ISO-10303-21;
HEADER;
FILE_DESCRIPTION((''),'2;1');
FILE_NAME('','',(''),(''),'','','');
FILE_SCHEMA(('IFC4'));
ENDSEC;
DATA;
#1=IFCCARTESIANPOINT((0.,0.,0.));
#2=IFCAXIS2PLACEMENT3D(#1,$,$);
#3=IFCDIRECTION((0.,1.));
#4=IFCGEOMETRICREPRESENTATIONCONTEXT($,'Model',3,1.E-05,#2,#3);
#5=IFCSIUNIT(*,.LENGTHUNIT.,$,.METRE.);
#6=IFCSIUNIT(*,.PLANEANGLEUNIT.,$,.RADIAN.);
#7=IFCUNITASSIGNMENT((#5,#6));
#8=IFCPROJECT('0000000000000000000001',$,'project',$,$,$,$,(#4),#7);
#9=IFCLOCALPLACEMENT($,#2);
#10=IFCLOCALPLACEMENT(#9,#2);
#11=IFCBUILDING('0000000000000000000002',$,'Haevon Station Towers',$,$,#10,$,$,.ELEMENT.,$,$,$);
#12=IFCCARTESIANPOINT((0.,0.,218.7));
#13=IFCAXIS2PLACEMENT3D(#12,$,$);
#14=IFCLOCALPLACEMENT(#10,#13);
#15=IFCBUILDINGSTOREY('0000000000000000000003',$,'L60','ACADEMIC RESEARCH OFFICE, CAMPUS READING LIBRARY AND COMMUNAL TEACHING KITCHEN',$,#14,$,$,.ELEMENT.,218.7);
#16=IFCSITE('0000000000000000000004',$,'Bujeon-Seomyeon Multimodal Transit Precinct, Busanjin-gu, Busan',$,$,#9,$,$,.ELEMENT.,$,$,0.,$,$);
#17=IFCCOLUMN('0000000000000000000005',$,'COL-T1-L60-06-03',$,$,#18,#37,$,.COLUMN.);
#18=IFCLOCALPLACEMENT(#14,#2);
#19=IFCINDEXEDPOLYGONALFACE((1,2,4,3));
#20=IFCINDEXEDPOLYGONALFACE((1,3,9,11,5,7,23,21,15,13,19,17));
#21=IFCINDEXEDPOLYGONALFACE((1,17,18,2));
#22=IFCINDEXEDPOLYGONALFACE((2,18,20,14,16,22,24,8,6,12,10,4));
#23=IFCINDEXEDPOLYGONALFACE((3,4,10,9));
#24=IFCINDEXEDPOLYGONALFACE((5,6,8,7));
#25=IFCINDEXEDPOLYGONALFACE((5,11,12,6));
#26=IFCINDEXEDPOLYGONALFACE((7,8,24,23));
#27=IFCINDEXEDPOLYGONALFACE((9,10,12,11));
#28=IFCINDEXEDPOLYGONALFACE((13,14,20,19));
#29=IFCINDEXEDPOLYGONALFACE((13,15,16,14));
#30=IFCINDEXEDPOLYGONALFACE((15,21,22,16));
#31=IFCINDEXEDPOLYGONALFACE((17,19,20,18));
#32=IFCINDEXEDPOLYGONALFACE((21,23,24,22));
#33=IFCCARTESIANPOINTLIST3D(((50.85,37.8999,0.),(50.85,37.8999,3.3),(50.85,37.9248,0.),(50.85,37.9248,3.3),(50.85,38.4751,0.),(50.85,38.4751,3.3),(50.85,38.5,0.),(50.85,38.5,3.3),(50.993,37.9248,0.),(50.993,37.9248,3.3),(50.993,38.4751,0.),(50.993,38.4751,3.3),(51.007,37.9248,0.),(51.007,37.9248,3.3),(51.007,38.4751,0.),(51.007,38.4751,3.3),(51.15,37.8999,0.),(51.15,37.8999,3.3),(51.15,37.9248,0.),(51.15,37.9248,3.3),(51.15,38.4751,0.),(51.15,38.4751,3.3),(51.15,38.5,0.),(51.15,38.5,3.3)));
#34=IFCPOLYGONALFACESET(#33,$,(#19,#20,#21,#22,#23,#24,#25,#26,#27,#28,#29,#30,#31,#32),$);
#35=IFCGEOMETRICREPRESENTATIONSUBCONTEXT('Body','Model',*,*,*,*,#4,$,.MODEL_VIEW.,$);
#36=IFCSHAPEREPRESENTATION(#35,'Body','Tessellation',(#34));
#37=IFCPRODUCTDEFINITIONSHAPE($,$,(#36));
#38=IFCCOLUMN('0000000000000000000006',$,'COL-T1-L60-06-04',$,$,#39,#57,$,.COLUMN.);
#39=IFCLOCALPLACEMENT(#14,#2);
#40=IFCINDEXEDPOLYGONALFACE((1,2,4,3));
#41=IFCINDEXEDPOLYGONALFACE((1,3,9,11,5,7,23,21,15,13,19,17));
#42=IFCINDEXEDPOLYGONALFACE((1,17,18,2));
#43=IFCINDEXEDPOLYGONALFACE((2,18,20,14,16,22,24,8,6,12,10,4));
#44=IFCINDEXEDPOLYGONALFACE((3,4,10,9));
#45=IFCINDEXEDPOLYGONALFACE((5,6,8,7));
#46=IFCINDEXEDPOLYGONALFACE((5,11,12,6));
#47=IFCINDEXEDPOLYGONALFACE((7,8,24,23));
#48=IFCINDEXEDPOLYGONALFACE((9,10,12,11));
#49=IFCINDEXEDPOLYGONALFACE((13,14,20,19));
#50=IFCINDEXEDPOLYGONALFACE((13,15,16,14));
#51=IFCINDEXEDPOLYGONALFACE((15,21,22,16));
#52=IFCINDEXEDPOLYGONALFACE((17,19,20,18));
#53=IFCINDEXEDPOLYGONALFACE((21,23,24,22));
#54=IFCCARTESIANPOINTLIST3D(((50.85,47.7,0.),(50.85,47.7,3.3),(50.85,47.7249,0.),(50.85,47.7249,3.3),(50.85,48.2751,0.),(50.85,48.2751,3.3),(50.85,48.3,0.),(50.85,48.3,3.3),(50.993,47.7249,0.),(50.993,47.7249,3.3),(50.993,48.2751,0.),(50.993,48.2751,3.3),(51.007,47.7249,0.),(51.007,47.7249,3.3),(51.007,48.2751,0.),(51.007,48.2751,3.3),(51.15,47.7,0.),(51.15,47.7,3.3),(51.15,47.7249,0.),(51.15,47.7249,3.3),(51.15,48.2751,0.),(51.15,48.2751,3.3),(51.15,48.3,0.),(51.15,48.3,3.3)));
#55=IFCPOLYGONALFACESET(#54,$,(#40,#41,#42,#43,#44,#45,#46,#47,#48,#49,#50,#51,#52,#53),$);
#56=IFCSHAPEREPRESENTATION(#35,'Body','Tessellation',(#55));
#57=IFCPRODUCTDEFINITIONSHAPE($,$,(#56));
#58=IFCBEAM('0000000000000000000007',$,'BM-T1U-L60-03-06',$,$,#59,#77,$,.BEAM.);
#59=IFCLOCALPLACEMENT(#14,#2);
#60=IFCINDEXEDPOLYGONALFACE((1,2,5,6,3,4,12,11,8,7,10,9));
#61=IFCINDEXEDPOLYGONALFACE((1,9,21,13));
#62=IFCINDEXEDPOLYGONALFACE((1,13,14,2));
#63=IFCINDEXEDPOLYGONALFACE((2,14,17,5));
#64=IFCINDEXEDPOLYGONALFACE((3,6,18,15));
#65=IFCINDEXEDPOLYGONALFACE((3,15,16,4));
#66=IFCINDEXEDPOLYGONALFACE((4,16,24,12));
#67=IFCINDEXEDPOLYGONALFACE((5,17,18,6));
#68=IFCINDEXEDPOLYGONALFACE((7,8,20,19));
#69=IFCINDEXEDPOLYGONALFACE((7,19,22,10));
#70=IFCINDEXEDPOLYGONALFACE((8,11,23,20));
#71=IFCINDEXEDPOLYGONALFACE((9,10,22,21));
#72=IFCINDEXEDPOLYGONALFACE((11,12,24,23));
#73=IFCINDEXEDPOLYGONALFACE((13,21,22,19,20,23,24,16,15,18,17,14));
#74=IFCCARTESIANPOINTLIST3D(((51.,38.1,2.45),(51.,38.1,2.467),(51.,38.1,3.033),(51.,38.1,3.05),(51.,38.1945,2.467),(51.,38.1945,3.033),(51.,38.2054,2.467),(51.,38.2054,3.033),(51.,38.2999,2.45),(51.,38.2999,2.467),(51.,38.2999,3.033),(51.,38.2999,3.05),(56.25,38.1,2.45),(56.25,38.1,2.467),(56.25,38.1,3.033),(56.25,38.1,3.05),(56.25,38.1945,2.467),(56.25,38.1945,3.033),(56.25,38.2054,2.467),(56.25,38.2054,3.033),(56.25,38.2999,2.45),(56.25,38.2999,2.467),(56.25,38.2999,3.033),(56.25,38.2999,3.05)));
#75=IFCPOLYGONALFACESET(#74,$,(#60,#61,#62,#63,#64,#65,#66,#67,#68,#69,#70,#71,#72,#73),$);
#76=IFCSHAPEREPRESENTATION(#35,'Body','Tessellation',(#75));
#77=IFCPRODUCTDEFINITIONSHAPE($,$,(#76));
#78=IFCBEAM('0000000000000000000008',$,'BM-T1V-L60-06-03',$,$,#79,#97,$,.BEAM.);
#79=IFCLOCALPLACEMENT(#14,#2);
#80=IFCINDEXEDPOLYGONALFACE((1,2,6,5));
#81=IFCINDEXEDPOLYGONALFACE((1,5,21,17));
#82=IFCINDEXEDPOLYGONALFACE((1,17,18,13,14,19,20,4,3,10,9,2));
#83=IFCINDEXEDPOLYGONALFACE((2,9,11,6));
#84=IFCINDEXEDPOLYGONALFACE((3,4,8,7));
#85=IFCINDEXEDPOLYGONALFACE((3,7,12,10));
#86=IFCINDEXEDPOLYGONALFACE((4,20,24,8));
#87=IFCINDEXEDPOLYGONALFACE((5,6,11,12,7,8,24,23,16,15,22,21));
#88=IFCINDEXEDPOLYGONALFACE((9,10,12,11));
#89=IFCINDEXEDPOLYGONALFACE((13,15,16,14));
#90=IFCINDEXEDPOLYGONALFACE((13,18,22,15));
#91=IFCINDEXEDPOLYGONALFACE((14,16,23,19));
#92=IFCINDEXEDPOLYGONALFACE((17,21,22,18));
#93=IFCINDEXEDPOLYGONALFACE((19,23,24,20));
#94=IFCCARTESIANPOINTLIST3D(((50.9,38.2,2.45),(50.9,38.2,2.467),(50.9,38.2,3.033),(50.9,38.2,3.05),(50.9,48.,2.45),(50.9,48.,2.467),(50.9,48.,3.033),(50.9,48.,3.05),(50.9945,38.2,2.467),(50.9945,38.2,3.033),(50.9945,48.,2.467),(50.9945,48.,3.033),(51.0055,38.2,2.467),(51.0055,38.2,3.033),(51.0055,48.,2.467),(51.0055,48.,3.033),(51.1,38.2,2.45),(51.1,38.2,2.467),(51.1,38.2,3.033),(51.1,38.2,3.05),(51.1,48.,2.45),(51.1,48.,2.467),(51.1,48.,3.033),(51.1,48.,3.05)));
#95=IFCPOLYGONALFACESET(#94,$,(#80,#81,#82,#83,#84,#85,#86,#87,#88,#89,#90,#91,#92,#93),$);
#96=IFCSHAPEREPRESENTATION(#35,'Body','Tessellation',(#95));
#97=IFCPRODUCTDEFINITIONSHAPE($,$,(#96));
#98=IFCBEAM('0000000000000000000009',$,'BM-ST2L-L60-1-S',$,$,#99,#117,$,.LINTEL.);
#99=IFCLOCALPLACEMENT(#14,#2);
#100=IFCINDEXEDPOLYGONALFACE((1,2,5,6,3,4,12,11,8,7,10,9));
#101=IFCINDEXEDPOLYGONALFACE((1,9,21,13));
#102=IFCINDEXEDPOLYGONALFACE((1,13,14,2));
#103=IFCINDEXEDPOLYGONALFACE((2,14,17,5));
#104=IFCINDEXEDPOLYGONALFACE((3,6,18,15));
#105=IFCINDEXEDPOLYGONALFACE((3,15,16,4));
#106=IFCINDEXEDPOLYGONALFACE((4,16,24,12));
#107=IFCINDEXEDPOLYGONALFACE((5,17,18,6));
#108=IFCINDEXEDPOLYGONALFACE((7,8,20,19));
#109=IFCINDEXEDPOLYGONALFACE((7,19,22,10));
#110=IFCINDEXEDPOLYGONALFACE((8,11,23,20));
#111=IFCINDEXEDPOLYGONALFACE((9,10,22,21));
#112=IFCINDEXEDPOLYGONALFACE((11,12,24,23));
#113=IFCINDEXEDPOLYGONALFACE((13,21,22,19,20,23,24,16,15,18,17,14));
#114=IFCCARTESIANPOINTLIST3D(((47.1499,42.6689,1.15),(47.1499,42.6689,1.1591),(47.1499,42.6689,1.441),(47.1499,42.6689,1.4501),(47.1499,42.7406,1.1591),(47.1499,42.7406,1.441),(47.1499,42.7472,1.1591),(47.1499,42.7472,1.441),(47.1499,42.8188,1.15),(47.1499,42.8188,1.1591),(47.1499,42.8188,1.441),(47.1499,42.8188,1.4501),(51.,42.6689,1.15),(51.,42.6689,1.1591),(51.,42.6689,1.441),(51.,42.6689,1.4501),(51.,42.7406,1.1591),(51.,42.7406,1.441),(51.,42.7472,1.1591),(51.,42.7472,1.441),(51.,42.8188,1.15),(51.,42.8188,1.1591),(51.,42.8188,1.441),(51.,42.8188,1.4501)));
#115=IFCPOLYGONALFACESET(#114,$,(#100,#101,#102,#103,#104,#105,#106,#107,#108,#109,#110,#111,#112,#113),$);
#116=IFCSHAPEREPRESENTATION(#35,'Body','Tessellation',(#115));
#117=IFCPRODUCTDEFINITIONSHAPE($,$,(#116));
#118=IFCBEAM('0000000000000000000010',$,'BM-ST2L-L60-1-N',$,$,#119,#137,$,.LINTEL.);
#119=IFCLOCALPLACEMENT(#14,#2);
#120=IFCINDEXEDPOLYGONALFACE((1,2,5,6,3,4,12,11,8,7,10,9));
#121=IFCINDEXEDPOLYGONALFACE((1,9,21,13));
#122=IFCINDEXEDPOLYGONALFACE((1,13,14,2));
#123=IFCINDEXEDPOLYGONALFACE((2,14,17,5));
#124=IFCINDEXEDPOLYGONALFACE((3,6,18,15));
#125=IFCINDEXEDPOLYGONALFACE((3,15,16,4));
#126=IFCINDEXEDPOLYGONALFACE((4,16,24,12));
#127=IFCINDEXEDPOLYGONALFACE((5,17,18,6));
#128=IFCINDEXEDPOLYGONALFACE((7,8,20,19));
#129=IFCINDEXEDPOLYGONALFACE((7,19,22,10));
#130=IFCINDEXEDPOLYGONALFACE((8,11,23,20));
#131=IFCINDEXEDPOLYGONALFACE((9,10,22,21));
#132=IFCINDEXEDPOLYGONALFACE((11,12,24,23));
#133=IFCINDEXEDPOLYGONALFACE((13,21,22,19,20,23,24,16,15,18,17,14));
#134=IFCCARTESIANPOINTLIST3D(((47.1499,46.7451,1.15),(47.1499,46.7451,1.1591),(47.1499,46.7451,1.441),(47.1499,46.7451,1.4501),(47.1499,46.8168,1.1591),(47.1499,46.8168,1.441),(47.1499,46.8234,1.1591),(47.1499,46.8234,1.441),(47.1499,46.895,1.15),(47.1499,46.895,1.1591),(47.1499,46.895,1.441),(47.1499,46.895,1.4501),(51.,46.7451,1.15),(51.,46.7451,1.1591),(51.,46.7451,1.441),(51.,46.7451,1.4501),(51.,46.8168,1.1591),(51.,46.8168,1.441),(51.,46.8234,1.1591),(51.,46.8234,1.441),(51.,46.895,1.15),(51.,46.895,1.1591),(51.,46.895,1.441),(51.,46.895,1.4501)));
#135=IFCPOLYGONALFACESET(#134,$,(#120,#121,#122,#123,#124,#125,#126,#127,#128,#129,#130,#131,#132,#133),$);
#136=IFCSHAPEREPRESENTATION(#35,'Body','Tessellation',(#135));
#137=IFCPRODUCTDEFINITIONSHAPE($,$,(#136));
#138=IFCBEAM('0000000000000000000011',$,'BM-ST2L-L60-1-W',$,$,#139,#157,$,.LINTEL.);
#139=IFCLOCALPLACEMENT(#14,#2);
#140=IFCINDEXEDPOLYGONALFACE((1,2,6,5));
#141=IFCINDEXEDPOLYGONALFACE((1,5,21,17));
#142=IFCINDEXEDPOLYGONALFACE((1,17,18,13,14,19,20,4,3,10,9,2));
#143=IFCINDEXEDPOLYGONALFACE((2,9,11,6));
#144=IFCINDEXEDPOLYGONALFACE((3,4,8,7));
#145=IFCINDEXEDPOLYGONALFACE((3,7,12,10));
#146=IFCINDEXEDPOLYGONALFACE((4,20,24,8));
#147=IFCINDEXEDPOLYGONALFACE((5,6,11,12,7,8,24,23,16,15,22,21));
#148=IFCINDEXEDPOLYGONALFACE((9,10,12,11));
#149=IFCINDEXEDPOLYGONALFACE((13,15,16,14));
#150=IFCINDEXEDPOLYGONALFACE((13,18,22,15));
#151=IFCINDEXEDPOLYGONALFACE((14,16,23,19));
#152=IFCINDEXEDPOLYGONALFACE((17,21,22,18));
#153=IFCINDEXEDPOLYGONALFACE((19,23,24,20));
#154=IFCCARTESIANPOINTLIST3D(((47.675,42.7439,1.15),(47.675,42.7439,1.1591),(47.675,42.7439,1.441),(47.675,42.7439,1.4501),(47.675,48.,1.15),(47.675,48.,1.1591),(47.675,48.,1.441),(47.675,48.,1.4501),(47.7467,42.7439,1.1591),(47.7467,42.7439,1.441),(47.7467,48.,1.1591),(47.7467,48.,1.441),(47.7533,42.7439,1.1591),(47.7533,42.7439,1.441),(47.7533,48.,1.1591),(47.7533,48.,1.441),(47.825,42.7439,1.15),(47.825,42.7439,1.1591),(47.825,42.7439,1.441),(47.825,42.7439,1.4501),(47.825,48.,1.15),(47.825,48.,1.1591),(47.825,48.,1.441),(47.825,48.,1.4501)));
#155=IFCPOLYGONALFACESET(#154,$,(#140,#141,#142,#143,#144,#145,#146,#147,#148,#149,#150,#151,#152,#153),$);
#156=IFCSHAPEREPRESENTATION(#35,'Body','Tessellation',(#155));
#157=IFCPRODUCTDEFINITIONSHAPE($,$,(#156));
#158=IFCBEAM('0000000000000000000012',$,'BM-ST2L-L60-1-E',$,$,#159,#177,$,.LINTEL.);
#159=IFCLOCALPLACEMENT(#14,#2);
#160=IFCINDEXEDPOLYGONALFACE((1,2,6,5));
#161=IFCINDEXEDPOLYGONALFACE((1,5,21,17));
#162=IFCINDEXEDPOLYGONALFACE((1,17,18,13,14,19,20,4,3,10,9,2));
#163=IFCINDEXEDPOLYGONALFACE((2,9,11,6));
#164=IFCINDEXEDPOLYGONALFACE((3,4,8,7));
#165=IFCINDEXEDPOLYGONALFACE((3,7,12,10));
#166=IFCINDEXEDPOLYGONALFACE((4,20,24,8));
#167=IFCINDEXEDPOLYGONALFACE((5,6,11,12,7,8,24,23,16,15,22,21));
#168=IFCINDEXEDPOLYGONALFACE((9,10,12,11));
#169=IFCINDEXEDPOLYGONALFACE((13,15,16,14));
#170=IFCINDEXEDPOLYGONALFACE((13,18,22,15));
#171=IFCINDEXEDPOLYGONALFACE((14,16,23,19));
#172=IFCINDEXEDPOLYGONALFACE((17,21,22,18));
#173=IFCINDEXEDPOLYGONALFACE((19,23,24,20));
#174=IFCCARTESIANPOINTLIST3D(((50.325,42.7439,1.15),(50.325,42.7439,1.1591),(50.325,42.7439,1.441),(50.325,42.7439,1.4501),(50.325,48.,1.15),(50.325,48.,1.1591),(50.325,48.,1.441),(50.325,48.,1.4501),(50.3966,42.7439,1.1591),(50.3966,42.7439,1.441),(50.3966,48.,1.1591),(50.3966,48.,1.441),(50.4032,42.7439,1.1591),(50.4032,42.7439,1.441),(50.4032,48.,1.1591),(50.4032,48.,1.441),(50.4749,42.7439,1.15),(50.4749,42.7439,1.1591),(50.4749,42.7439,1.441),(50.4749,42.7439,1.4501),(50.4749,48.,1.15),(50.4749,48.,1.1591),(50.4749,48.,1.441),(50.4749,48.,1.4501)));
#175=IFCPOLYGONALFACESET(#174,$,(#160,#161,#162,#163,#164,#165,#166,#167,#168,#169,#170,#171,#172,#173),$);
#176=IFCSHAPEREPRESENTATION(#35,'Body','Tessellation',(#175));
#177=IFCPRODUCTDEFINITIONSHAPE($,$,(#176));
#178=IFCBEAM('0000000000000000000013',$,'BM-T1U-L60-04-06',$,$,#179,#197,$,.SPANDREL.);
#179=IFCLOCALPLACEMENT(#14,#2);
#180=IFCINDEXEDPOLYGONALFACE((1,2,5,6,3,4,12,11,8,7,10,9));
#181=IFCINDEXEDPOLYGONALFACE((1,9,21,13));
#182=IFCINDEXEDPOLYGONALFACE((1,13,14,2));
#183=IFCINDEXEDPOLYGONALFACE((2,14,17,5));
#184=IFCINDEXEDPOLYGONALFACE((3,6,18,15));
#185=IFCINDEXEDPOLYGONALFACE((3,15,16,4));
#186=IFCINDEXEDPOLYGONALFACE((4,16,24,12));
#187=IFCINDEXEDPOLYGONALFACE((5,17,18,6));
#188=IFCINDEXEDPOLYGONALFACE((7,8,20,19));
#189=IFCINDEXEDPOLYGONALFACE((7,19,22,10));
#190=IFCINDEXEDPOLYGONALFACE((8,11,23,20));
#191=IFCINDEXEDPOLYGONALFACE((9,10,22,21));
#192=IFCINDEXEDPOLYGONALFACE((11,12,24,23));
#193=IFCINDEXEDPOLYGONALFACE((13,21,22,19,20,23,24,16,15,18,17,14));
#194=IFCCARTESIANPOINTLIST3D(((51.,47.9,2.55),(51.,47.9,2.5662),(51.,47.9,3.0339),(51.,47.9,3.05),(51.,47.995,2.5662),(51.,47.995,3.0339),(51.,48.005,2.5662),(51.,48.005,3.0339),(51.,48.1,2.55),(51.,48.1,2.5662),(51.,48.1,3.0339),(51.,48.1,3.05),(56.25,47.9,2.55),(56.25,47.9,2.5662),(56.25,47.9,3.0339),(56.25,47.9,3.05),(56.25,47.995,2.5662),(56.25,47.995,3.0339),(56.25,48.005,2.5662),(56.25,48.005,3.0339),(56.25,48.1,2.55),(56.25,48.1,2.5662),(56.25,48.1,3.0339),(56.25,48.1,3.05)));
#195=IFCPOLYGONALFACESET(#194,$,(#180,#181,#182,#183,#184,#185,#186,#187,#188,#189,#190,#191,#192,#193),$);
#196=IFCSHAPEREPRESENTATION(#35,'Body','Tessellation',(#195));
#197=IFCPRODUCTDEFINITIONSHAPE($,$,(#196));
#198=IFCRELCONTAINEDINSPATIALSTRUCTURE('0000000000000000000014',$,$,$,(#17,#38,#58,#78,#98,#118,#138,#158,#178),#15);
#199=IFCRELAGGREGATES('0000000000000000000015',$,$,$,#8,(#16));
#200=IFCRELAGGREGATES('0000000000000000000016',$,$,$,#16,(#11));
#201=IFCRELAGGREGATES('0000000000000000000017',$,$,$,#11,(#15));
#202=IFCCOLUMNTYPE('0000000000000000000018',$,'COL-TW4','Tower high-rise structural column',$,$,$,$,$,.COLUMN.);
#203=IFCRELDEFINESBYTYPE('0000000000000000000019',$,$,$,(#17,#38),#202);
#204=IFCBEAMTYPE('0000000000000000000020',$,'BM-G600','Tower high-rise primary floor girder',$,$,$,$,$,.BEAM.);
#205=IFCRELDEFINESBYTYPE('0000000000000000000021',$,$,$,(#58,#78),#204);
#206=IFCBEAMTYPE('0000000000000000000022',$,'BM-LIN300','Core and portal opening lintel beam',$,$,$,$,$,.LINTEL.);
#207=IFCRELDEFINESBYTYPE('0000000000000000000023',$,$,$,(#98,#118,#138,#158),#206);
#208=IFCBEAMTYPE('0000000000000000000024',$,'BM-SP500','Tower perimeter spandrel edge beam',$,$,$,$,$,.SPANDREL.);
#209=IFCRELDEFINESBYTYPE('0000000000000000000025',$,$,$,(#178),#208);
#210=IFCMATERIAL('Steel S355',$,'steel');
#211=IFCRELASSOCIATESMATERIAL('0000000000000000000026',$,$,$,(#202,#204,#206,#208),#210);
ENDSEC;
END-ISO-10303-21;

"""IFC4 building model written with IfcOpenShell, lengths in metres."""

from ifc_helpers import new_model, si_unit, direction, frame, origin, origin_2d, place, context, subcontext, project, spatial, i_section, extrude, material, material_profile, profile_set, type_object, element, save


model = new_model("IFC4")

# Units and contexts
model_context = context("Model", 3, precision=1e-05, world=origin(), true_north=direction((0.0, 1.0)))
body_context = subcontext(model_context, "Body", "Model", "MODEL_VIEW")
ifc_project = project(units=[si_unit("LENGTHUNIT", "METRE"), si_unit("PLANEANGLEUNIT", "RADIAN")], contexts=[model_context])

# Site, building, storey
site_placement = place(None, origin())
site = spatial("IfcSite", under=ifc_project, at=site_placement, Name="Bujeon-Seomyeon Multimodal Transit Precinct, Busanjin-gu, Busan", CompositionType="ELEMENT", RefElevation=0.0)
building_placement = place(site_placement, origin())
building = spatial("IfcBuilding", under=site, at=building_placement, Name="Haevon Station Towers", CompositionType="ELEMENT")
storey_placement = place(building_placement, frame((0.0, 0.0, 218.7)))
storey = spatial("IfcBuildingStorey", under=building, at=storey_placement, Name="L60", Description="ACADEMIC RESEARCH OFFICE, CAMPUS READING LIBRARY AND COMMUNAL TEACHING KITCHEN", CompositionType="ELEMENT", Elevation=218.7)

# Columns
ifc_material_1 = material(Name="Steel S355", Category="steel")
ifc_material_profile_1 = material_profile(ifc_material_1, i_section(OverallWidth=0.3, OverallDepth=0.6001, WebThickness=0.0139, FlangeThickness=0.0249, at=origin_2d()), Name="H-600x300x14x25")
ifc_profile_set_1 = profile_set([ifc_material_profile_1], Name="Steel S355")
column_type = type_object("IfcColumnType", Name="COL-TW4", Description="Tower high-rise structural column", PredefinedType="COLUMN", material=ifc_profile_set_1)
for number, where, z_axis, x_axis, name in (
    (1, (51.0, 38.2, 0.0), (0.0, 0.0, 1.0), (1.0, 0.0, 0.0), "COL-T1-L60-06-03"),
    (2, (51.0, 48.0, 0.0), (0.0, 0.0, 1.0), (1.0, 0.0, 0.0), "COL-T1-L60-06-04"),
):
    element("IfcColumn", number, at=place(storey_placement, frame(where, z_axis=z_axis, x_axis=x_axis)), inside=storey, type_object=column_type, Name=name, PredefinedType="COLUMN", context=body_context, shape_type="SweptSolid", body=[
        extrude(i_section(OverallWidth=0.3, OverallDepth=0.6001, WebThickness=0.0139, FlangeThickness=0.0249, at=origin_2d()), origin(), (0.0, 0.0, 1.0), 3.3),
    ])

# Beams
ifc_material_profile_2 = material_profile(ifc_material_1, i_section(OverallWidth=0.2, OverallDepth=0.6001, WebThickness=0.011, FlangeThickness=0.0171, at=origin_2d()), Name="H-600x200x11x17")
ifc_profile_set_2 = profile_set([ifc_material_profile_2], Name="Steel S355")
beam_type_1 = type_object("IfcBeamType", Name="BM-G600", Description="Tower high-rise primary floor girder", PredefinedType="BEAM", material=ifc_profile_set_2)
beam_1_placement = place(storey_placement, frame((51.0, 38.2, 2.75), z_axis=(1.0, 0.0, 0.0), x_axis=(0.0, 1.0, 0.0)))
element("IfcBeam", 3, at=beam_1_placement, inside=storey, type_object=beam_type_1, Name="BM-T1U-L60-03-06", PredefinedType="BEAM", context=body_context, shape_type="SweptSolid", body=[
    extrude(i_section(OverallWidth=0.2, OverallDepth=0.6001, WebThickness=0.011, FlangeThickness=0.0171, at=origin_2d()), origin(), (0.0, 0.0, 1.0), 5.25),
])
beam_2_placement = place(storey_placement, frame((51.0, 38.2, 2.75), z_axis=(0.0, 1.0, 0.0), x_axis=(-1.0, 0.0, 0.0)))
element("IfcBeam", 4, at=beam_2_placement, inside=storey, type_object=beam_type_1, Name="BM-T1V-L60-06-03", PredefinedType="BEAM", context=body_context, shape_type="SweptSolid", body=[
    extrude(i_section(OverallWidth=0.2, OverallDepth=0.6001, WebThickness=0.011, FlangeThickness=0.0171, at=origin_2d()), origin(), (0.0, 0.0, 1.0), 9.8),
])
ifc_material_profile_3 = material_profile(ifc_material_1, i_section(OverallWidth=0.1499, OverallDepth=0.3, WebThickness=0.0066, FlangeThickness=0.009, at=origin_2d()), Name="H-300x150x6.5x9")
ifc_profile_set_3 = profile_set([ifc_material_profile_3], Name="Steel S355")
beam_type_2 = type_object("IfcBeamType", Name="BM-LIN300", Description="Core and portal opening lintel beam", PredefinedType="LINTEL", material=ifc_profile_set_3)
for number, where, z_axis, x_axis, name in (
    (5, (47.1499, 42.7439, 1.3), (1.0, 0.0, 0.0), (0.0, 1.0, 0.0), "BM-ST2L-L60-1-S"),
    (6, (47.1499, 46.8201, 1.3), (1.0, 0.0, 0.0), (0.0, 1.0, 0.0), "BM-ST2L-L60-1-N"),
):
    element("IfcBeam", number, at=place(storey_placement, frame(where, z_axis=z_axis, x_axis=x_axis)), inside=storey, type_object=beam_type_2, Name=name, PredefinedType="LINTEL", context=body_context, shape_type="SweptSolid", body=[
        extrude(i_section(OverallWidth=0.1499, OverallDepth=0.3, WebThickness=0.0066, FlangeThickness=0.009, at=origin_2d()), origin(), (0.0, 0.0, 1.0), 3.8501),
    ])
for number, where, z_axis, x_axis, name in (
    (7, (47.75, 42.7439, 1.3), (0.0, 1.0, 0.0), (-1.0, 0.0, 0.0), "BM-ST2L-L60-1-W"),
    (8, (50.3999, 42.7439, 1.3), (0.0, 1.0, 0.0), (-1.0, 0.0, 0.0), "BM-ST2L-L60-1-E"),
):
    element("IfcBeam", number, at=place(storey_placement, frame(where, z_axis=z_axis, x_axis=x_axis)), inside=storey, type_object=beam_type_2, Name=name, PredefinedType="LINTEL", context=body_context, shape_type="SweptSolid", body=[
        extrude(i_section(OverallWidth=0.1499, OverallDepth=0.3, WebThickness=0.0066, FlangeThickness=0.009, at=origin_2d()), origin(), (0.0, 0.0, 1.0), 5.2561),
    ])
ifc_material_profile_4 = material_profile(ifc_material_1, i_section(OverallWidth=0.2, OverallDepth=0.5, WebThickness=0.01, FlangeThickness=0.0161, at=origin_2d()), Name="H-500x200x10x16")
ifc_profile_set_4 = profile_set([ifc_material_profile_4], Name="Steel S355")
beam_type_3 = type_object("IfcBeamType", Name="BM-SP500", Description="Tower perimeter spandrel edge beam", PredefinedType="SPANDREL", material=ifc_profile_set_4)
beam_3_placement = place(storey_placement, frame((51.0, 48.0, 2.8), z_axis=(1.0, 0.0, 0.0), x_axis=(0.0, 1.0, 0.0)))
element("IfcBeam", 9, at=beam_3_placement, inside=storey, type_object=beam_type_3, Name="BM-T1U-L60-04-06", PredefinedType="SPANDREL", context=body_context, shape_type="SweptSolid", body=[
    extrude(i_section(OverallWidth=0.2, OverallDepth=0.5, WebThickness=0.01, FlangeThickness=0.0161, at=origin_2d()), origin(), (0.0, 0.0, 1.0), 5.25),
])

save(model, "model.ifc")
